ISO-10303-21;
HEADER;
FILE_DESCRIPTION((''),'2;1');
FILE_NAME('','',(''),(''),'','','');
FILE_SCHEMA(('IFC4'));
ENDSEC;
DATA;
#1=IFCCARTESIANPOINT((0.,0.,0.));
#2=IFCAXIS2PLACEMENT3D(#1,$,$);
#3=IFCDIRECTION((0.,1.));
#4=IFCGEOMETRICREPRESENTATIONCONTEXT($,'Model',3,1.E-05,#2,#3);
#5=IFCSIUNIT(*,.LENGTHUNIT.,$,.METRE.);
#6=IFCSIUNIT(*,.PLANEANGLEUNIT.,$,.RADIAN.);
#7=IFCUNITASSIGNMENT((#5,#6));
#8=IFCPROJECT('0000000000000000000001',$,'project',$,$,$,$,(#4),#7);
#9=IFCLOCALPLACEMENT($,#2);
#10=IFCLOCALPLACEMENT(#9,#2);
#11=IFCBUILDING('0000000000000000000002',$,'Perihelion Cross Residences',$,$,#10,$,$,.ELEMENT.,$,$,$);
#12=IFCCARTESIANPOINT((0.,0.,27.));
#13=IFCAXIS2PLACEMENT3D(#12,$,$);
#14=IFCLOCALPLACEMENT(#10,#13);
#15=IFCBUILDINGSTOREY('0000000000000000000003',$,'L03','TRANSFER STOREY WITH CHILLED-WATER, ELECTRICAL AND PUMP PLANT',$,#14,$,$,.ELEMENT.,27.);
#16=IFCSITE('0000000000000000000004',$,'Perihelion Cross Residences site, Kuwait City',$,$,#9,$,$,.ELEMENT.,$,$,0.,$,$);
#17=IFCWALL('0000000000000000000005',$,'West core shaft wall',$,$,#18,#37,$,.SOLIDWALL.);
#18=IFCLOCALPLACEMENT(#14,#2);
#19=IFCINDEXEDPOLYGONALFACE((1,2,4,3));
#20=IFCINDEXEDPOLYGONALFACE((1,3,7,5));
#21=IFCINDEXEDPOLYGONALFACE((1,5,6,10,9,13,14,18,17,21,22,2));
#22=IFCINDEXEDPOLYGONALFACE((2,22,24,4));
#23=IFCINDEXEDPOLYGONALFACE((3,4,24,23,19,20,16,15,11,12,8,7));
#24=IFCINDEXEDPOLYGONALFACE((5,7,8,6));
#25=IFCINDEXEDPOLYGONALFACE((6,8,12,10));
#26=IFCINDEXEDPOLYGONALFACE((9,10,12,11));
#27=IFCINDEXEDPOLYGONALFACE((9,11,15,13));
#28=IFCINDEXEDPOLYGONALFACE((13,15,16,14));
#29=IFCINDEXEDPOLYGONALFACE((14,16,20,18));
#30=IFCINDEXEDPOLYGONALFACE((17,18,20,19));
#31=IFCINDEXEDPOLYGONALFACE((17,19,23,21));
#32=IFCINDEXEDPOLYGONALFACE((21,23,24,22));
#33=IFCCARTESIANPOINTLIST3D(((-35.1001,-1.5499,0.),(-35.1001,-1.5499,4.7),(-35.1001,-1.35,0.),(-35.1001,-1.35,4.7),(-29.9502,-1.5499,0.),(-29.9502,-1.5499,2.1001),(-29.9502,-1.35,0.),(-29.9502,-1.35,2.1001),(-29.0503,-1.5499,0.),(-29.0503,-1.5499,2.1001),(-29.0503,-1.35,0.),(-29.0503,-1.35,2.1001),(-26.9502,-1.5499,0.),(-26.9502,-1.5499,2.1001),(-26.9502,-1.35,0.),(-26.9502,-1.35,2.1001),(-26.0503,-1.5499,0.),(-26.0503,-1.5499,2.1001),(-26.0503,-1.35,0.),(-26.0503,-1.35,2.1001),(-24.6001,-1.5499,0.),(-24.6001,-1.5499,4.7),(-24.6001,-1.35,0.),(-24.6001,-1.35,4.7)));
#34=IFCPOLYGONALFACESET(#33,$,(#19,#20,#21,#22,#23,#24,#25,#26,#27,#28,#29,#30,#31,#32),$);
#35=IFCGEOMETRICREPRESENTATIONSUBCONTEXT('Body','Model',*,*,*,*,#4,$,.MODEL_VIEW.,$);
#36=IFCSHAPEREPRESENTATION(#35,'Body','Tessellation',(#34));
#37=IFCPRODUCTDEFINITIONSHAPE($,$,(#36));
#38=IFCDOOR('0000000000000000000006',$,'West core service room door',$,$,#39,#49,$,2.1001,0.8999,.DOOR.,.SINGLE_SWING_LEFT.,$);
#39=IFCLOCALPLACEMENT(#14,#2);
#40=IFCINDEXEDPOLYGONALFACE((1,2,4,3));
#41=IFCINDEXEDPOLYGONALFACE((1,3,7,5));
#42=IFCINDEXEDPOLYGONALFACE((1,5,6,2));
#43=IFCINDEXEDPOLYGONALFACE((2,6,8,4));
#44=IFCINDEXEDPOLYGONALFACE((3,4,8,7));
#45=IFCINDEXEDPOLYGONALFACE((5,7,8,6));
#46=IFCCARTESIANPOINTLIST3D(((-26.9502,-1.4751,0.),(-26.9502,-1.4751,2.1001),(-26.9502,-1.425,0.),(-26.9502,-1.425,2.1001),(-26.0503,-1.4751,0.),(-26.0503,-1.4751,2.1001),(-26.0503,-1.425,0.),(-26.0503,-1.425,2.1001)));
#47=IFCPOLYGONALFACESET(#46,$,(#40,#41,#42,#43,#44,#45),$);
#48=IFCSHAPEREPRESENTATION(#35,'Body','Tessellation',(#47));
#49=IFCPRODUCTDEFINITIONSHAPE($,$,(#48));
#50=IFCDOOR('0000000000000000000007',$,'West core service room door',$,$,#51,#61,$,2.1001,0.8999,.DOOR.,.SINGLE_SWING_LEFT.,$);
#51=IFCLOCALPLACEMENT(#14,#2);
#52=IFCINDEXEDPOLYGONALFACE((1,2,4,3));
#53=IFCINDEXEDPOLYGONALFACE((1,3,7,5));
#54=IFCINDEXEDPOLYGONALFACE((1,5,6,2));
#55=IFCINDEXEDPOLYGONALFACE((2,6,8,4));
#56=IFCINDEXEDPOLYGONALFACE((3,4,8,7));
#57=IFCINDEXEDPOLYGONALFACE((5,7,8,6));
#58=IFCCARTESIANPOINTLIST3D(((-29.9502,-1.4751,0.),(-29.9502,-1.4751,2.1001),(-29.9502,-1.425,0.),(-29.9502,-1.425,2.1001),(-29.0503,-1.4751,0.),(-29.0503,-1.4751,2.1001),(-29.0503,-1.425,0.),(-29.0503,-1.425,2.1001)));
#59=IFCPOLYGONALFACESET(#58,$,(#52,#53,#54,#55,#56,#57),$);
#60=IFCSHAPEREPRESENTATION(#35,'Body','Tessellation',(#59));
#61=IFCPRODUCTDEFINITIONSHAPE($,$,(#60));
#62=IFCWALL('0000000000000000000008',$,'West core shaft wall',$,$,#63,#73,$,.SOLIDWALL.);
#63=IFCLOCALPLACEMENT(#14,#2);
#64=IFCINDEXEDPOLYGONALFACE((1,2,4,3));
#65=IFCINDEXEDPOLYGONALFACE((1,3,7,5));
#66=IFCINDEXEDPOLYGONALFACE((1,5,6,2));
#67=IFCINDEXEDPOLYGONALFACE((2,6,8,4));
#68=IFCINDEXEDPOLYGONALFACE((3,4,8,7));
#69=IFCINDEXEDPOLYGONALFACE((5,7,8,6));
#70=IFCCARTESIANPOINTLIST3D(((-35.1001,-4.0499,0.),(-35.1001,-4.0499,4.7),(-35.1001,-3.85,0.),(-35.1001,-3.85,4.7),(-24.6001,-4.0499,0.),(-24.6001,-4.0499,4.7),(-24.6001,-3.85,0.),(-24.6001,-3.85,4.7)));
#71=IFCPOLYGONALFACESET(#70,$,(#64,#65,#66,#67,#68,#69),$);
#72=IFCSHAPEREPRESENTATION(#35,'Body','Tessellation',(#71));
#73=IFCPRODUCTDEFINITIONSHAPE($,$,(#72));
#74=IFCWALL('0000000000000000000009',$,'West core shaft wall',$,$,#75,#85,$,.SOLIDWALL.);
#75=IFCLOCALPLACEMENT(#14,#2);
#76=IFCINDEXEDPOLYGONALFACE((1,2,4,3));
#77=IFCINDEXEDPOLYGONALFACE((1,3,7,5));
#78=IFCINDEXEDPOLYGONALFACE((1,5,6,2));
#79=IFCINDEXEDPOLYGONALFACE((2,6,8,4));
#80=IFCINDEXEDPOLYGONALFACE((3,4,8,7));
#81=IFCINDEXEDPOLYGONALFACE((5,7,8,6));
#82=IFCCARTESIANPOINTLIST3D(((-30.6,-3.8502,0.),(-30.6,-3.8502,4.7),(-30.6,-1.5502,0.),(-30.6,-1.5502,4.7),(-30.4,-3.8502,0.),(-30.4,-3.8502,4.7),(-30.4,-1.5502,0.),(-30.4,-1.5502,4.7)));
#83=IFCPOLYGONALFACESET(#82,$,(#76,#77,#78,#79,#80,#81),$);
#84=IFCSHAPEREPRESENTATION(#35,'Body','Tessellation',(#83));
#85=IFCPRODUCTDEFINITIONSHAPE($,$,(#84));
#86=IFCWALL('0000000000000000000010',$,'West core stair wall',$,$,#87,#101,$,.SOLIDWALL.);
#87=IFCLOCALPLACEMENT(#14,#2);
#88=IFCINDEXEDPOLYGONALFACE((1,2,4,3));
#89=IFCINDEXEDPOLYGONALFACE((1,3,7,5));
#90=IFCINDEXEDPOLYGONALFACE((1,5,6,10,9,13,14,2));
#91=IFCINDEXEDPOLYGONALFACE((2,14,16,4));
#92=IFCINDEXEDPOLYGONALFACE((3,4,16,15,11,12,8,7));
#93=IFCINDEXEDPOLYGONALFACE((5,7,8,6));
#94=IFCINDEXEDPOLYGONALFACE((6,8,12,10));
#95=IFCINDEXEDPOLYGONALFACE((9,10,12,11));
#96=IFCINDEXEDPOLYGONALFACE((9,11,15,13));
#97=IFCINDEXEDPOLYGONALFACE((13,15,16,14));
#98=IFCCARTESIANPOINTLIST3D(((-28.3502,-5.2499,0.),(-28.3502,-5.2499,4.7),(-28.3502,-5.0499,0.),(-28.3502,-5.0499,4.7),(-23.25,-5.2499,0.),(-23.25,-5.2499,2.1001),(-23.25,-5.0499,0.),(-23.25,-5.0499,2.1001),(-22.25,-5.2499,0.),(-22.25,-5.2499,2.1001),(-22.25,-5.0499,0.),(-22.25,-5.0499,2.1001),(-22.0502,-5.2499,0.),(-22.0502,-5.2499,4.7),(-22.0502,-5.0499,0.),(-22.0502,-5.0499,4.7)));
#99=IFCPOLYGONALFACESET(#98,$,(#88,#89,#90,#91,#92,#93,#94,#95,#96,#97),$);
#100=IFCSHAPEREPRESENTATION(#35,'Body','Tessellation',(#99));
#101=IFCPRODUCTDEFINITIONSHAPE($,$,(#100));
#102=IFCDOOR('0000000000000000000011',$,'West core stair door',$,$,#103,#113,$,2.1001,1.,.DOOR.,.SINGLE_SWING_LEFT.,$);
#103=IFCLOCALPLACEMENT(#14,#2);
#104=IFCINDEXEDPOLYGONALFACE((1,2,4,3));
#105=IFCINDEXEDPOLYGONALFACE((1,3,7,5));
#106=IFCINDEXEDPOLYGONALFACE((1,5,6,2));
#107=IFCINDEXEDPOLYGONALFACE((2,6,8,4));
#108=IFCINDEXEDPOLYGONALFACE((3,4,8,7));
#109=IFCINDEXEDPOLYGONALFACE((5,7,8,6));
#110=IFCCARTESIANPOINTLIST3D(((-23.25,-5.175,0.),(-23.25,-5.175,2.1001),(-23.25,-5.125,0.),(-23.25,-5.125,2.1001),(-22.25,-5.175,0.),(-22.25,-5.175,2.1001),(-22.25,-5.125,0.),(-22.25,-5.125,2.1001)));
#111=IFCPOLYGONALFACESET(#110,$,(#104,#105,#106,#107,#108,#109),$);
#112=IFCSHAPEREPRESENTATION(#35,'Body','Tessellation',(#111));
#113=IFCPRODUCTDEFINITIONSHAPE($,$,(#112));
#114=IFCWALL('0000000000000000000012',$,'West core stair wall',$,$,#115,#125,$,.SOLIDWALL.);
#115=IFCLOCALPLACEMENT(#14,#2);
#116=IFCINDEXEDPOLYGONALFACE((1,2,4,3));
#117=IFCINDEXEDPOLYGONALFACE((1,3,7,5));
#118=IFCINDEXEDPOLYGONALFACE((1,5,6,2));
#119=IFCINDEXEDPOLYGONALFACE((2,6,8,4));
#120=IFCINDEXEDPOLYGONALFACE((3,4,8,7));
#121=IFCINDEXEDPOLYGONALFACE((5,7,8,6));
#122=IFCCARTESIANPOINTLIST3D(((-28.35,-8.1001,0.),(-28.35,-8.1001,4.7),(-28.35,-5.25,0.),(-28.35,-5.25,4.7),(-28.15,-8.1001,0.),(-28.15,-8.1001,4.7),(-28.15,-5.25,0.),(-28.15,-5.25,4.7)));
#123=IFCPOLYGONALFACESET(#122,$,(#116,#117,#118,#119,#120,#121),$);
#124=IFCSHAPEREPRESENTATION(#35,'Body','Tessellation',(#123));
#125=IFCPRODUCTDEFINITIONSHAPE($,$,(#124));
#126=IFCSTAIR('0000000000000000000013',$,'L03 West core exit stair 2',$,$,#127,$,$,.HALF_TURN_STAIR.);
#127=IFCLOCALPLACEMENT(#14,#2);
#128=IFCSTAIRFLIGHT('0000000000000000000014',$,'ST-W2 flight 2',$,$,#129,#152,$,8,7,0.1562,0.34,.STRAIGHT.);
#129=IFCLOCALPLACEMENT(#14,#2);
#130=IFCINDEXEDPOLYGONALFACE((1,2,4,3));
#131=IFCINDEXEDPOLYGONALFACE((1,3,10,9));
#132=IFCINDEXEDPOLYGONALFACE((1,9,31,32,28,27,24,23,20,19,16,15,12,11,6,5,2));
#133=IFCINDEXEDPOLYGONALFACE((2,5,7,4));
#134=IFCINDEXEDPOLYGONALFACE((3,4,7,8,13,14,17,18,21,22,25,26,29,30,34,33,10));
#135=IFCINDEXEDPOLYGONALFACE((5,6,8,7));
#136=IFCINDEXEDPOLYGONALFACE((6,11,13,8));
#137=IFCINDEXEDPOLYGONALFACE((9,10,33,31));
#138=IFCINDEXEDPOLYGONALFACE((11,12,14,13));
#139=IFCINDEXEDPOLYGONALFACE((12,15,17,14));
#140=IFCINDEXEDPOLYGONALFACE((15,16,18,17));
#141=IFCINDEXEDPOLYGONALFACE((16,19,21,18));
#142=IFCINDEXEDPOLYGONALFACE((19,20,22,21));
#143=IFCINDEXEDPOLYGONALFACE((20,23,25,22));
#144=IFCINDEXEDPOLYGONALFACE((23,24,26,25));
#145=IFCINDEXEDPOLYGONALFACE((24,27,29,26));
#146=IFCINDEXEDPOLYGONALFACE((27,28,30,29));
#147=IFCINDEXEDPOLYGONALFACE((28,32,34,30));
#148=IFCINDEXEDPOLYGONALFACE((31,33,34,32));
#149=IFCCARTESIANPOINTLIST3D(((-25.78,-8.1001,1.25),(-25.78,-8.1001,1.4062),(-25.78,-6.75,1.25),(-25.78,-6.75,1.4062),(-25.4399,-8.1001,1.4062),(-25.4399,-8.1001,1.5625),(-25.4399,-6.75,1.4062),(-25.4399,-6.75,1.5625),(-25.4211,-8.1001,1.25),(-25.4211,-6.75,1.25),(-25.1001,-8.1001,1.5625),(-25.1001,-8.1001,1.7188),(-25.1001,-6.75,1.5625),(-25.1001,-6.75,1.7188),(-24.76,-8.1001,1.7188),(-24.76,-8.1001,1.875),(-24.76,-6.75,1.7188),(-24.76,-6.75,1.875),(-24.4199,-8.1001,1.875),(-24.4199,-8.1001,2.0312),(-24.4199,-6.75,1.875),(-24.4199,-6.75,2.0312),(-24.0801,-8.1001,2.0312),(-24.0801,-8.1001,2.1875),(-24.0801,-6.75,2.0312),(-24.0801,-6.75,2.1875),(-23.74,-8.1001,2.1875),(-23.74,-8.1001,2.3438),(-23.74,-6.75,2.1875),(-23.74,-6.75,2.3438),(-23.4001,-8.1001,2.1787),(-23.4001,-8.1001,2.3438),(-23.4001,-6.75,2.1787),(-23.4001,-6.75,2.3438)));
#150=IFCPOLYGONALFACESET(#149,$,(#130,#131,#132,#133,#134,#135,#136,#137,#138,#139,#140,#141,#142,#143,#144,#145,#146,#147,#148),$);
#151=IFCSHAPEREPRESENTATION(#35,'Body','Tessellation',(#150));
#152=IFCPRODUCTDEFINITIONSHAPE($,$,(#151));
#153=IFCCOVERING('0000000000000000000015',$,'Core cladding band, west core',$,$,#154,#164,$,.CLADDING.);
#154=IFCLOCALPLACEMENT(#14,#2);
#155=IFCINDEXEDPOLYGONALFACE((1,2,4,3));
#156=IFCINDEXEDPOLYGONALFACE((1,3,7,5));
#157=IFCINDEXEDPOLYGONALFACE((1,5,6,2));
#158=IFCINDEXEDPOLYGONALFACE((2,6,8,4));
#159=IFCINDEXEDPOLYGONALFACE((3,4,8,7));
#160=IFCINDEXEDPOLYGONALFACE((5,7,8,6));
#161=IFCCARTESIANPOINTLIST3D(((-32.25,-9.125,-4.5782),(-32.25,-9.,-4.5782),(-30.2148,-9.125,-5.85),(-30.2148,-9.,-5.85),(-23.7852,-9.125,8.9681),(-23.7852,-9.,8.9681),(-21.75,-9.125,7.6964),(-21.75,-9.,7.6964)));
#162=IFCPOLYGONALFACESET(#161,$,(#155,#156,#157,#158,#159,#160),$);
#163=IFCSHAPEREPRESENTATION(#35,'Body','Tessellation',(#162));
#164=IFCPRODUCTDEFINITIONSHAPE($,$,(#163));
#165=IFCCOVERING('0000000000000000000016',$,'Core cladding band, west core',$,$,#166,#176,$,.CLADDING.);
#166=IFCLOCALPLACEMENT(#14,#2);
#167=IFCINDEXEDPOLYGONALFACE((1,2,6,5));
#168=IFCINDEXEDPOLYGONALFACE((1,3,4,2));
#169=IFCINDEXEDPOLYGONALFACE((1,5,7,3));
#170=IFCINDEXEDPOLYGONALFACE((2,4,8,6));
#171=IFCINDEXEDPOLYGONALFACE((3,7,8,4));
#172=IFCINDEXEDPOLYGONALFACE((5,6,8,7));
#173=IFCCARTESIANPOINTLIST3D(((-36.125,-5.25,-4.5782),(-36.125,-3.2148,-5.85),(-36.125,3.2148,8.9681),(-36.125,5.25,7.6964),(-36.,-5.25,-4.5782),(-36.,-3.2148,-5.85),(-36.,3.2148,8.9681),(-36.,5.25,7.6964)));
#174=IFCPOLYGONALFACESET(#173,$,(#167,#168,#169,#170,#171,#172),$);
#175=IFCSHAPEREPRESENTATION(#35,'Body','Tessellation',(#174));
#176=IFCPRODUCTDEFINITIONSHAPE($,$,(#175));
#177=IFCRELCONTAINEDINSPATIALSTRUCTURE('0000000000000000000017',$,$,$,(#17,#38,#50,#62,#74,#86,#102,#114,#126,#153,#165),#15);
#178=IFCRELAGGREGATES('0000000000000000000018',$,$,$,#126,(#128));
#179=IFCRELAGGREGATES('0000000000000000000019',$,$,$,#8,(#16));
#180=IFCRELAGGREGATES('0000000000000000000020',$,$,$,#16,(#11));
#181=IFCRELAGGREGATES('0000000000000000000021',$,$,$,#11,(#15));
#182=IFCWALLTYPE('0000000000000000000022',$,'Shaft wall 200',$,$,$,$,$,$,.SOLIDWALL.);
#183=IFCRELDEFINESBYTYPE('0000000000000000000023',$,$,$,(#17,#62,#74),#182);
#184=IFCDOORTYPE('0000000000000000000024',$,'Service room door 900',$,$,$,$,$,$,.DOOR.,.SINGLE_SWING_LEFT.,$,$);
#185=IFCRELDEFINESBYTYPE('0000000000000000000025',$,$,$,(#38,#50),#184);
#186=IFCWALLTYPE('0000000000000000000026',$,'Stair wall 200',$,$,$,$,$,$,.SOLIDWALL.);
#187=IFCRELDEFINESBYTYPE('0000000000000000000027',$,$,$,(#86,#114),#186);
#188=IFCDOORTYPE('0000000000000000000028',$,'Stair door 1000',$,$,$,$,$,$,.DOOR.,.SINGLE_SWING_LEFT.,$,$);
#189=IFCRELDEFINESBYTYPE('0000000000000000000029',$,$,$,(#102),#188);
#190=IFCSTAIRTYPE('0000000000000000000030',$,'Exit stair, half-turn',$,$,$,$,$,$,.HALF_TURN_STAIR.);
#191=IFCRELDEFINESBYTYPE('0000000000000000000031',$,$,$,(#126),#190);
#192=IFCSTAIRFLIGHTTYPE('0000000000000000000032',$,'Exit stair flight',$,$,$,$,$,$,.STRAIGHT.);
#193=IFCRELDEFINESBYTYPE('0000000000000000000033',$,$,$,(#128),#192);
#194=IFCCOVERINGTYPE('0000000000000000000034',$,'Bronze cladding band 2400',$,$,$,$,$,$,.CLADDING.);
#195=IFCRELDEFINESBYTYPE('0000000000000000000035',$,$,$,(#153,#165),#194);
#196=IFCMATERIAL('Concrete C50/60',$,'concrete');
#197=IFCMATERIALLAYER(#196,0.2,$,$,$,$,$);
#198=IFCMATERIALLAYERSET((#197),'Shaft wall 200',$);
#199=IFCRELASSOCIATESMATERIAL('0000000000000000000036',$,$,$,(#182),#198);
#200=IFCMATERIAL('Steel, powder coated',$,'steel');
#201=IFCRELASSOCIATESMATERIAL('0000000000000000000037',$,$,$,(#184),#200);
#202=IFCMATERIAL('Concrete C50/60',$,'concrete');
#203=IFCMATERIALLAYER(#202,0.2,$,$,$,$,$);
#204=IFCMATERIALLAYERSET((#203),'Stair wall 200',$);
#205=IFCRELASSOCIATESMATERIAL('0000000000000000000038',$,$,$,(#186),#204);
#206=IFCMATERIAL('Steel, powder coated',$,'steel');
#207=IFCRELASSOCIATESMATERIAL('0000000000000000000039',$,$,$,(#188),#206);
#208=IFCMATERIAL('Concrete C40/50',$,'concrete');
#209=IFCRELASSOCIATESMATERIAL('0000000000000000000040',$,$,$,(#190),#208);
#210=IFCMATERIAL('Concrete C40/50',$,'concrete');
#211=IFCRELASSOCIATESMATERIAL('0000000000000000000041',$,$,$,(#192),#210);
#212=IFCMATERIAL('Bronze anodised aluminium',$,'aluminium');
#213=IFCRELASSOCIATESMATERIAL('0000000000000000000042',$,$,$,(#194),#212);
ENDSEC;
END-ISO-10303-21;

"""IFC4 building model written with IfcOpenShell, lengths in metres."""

from ifc_helpers import new_model, si_unit, direction, frame, frame_2d, origin, origin_2d, place, context, subcontext, project, spatial, polyline, rectangle, outline, extrude, material, layer, layer_set, material_profile, profile_set, type_object, element, fill, aggregate, save


model = new_model("IFC4")

# Units and contexts
model_context = context("Model", 3, precision=1e-05, world=origin(), true_north=direction((0.0, 1.0)))
body_context = subcontext(model_context, "Body", "Model", "MODEL_VIEW")
ifc_project = project(units=[si_unit("LENGTHUNIT", "METRE"), si_unit("PLANEANGLEUNIT", "RADIAN")], contexts=[model_context])

# Site, building, storey
site_placement = place(None, origin())
site = spatial("IfcSite", under=ifc_project, at=site_placement, Name="Perihelion Cross Residences site, Kuwait City", CompositionType="ELEMENT", RefElevation=0.0)
building_placement = place(site_placement, origin())
building = spatial("IfcBuilding", under=site, at=building_placement, Name="Perihelion Cross Residences", CompositionType="ELEMENT")
storey_placement = place(building_placement, frame((0.0, 0.0, 27.0)))
storey = spatial("IfcBuildingStorey", under=building, at=storey_placement, Name="L03", Description="TRANSFER STOREY WITH CHILLED-WATER, ELECTRICAL AND PUMP PLANT", CompositionType="ELEMENT", Elevation=27.0)

# Wall, openings, doors
ifc_material_1 = material(Name="Concrete C50/60", Category="concrete")
ifc_layer_1 = layer(ifc_material_1, 0.2)
ifc_layer_set_1 = layer_set([ifc_layer_1], Name="Shaft wall 200")
wall_type_1 = type_object("IfcWallType", Name="Shaft wall 200", PredefinedType="SOLIDWALL", material=ifc_layer_set_1)
wall_1_placement = place(storey_placement, frame((-35.1001, -1.45, 0.0), z_axis=(0.0, 0.0, 1.0), x_axis=(1.0, 0.0, 0.0)))
wall_1 = element("IfcWall", 1, at=wall_1_placement, inside=storey, type_object=wall_type_1, Name="West core shaft wall", PredefinedType="SOLIDWALL", context=body_context, shape_type="SweptSolid", body=[
    extrude(rectangle(XDim=10.5, YDim=0.2, at=frame_2d((5.25, 0.0))), origin(), (0.0, 0.0, 1.0), 4.7),
])
opening_1_placement = place(wall_1_placement, frame((8.1499, 0.0, 0.0)))
opening_1 = element("IfcOpeningElement", 2, at=opening_1_placement, cuts=wall_1, PredefinedType="OPENING", context=body_context, shape_type="SweptSolid", body=[
    extrude(rectangle(XDim=0.8999, YDim=2.1001, at=frame_2d((0.45, 1.05))), frame((0.0, 0.1099, 0.0), z_axis=(0.0, -1.0, 0.0), x_axis=(1.0, 0.0, 0.0)), (0.0, 0.0, 1.0), 0.22),
])
opening_2_placement = place(wall_1_placement, frame((5.1499, 0.0, 0.0)))
opening_2 = element("IfcOpeningElement", 3, at=opening_2_placement, cuts=wall_1, PredefinedType="OPENING", context=body_context, shape_type="SweptSolid", body=[
    extrude(rectangle(XDim=0.8999, YDim=2.1001, at=frame_2d((0.45, 1.05))), frame((0.0, 0.1099, 0.0), z_axis=(0.0, -1.0, 0.0), x_axis=(1.0, 0.0, 0.0)), (0.0, 0.0, 1.0), 0.22),
])
ifc_material_2 = material(Name="Steel, powder coated", Category="steel")
door_type_1 = type_object("IfcDoorType", Name="Service room door 900", OperationType="SINGLE_SWING_LEFT", PredefinedType="DOOR", material=ifc_material_2)
door_1_placement = place(opening_1_placement, origin())
door_1 = element("IfcDoor", 4, at=door_1_placement, inside=storey, type_object=door_type_1, Name="West core service room door", OperationType="SINGLE_SWING_LEFT", OverallHeight=2.1001, OverallWidth=0.8999, PredefinedType="DOOR", context=body_context, shape_type="SweptSolid", body=[
    extrude(rectangle(XDim=0.8999, YDim=2.1001, at=frame_2d((0.45, 1.05))), frame((0.0, 0.0249, 0.0), z_axis=(0.0, -1.0, 0.0), x_axis=(1.0, 0.0, 0.0)), (0.0, 0.0, 1.0), 0.05),
])
fill(opening_1, door_1)
door_2_placement = place(opening_2_placement, origin())
door_2 = element("IfcDoor", 5, at=door_2_placement, inside=storey, type_object=door_type_1, Name="West core service room door", OperationType="SINGLE_SWING_LEFT", OverallHeight=2.1001, OverallWidth=0.8999, PredefinedType="DOOR", context=body_context, shape_type="SweptSolid", body=[
    extrude(rectangle(XDim=0.8999, YDim=2.1001, at=frame_2d((0.45, 1.05))), frame((0.0, 0.0249, 0.0), z_axis=(0.0, -1.0, 0.0), x_axis=(1.0, 0.0, 0.0)), (0.0, 0.0, 1.0), 0.05),
])
fill(opening_2, door_2)

# Walls
wall_2_placement = place(storey_placement, frame((-35.1001, -3.95, 0.0), z_axis=(0.0, 0.0, 1.0), x_axis=(1.0, 0.0, 0.0)))
element("IfcWall", 6, at=wall_2_placement, inside=storey, type_object=wall_type_1, Name="West core shaft wall", PredefinedType="SOLIDWALL", context=body_context, shape_type="SweptSolid", body=[
    extrude(rectangle(XDim=10.5, YDim=0.2, at=frame_2d((5.25, 0.0))), origin(), (0.0, 0.0, 1.0), 4.7),
])
wall_3_placement = place(storey_placement, frame((-30.5, -3.8501, 0.0), z_axis=(0.0, 0.0, 1.0), x_axis=(0.0, 1.0, 0.0)))
element("IfcWall", 7, at=wall_3_placement, inside=storey, type_object=wall_type_1, Name="West core shaft wall", PredefinedType="SOLIDWALL", context=body_context, shape_type="SweptSolid", body=[
    extrude(rectangle(XDim=2.3, YDim=0.2, at=frame_2d((1.1499, 0.0))), origin(), (0.0, 0.0, 1.0), 4.7),
])

# Wall, opening, door
ifc_material_3 = material(Name="Concrete C50/60", Category="concrete")
ifc_layer_2 = layer(ifc_material_3, 0.2)
ifc_layer_set_2 = layer_set([ifc_layer_2], Name="Stair wall 200")
wall_type_2 = type_object("IfcWallType", Name="Stair wall 200", PredefinedType="SOLIDWALL", material=ifc_layer_set_2)
wall_4_placement = place(storey_placement, frame((-28.3501, -5.1499, 0.0), z_axis=(0.0, 0.0, 1.0), x_axis=(1.0, 0.0, 0.0)))
wall_4 = element("IfcWall", 8, at=wall_4_placement, inside=storey, type_object=wall_type_2, Name="West core stair wall", PredefinedType="SOLIDWALL", context=body_context, shape_type="SweptSolid", body=[
    extrude(rectangle(XDim=6.3, YDim=0.2, at=frame_2d((3.1499, 0.0))), origin(), (0.0, 0.0, 1.0), 4.7),
])
opening_3_placement = place(wall_4_placement, frame((5.1001, 0.0, 0.0)))
opening_3 = element("IfcOpeningElement", 9, at=opening_3_placement, cuts=wall_4, PredefinedType="OPENING", context=body_context, shape_type="SweptSolid", body=[
    extrude(rectangle(XDim=1.0, YDim=2.1001, at=frame_2d((0.5, 1.05))), frame((0.0, 0.1099, 0.0), z_axis=(0.0, -1.0, 0.0), x_axis=(1.0, 0.0, 0.0)), (0.0, 0.0, 1.0), 0.22),
])
ifc_material_4 = material(Name="Steel, powder coated", Category="steel")
door_type_2 = type_object("IfcDoorType", Name="Stair door 1000", OperationType="SINGLE_SWING_LEFT", PredefinedType="DOOR", material=ifc_material_4)
door_3_placement = place(opening_3_placement, origin())
door_3 = element("IfcDoor", 10, at=door_3_placement, inside=storey, type_object=door_type_2, Name="West core stair door", OperationType="SINGLE_SWING_LEFT", OverallHeight=2.1001, OverallWidth=1.0, PredefinedType="DOOR", context=body_context, shape_type="SweptSolid", body=[
    extrude(rectangle(XDim=1.0, YDim=2.1001, at=frame_2d((0.5, 1.05))), frame((0.0, 0.0249, 0.0), z_axis=(0.0, -1.0, 0.0), x_axis=(1.0, 0.0, 0.0)), (0.0, 0.0, 1.0), 0.05),
])
fill(opening_3, door_3)

# Wall
wall_5_placement = place(storey_placement, frame((-28.25, -8.1001, 0.0), z_axis=(0.0, 0.0, 1.0), x_axis=(0.0, 1.0, 0.0)))
element("IfcWall", 11, at=wall_5_placement, inside=storey, type_object=wall_type_2, Name="West core stair wall", PredefinedType="SOLIDWALL", context=body_context, shape_type="SweptSolid", body=[
    extrude(rectangle(XDim=2.8501, YDim=0.2, at=frame_2d((1.425, 0.0))), origin(), (0.0, 0.0, 1.0), 4.7),
])

# Stair, stair flight
ifc_material_5 = material(Name="Concrete C40/50", Category="concrete")
stair_type = type_object("IfcStairType", Name="Exit stair, half-turn", PredefinedType="HALF_TURN_STAIR", material=ifc_material_5)
stair_placement = place(storey_placement, origin())
stair = element("IfcStair", 12, at=stair_placement, inside=storey, type_object=stair_type, Name="L03 West core exit stair 2", PredefinedType="HALF_TURN_STAIR")
ifc_material_6 = material(Name="Concrete C40/50", Category="concrete")
stair_flight_type = type_object("IfcStairFlightType", Name="Exit stair flight", PredefinedType="STRAIGHT", material=ifc_material_6)
stair_flight_placement = place(storey_placement, frame((-25.78, -7.425, 1.25), z_axis=(0.0, 0.0, 1.0), x_axis=(1.0, 0.0, 0.0)))
stair_flight = element("IfcStairFlight", 13, at=stair_flight_placement, type_object=stair_flight_type, Name="ST-W2 flight 2", NumberOfRisers=8, NumberOfTreads=7, PredefinedType="STRAIGHT", RiserHeight=0.1562, TreadLength=0.34, context=body_context, shape_type="SweptSolid", body=[
    extrude(outline(polyline([(0.0, 0.0), (0.0, 0.1562), (0.3401, 0.1562), (0.3401, 0.3125), (0.6799, 0.3125), (0.6799, 0.4688), (1.02, 0.4688), (1.02, 0.625), (1.3601, 0.625), (1.3601, 0.7812), (1.7, 0.7812), (1.7, 0.9375), (2.04, 0.9375), (2.04, 1.0938), (2.3799, 1.0938), (2.3799, 1.25), (2.3799, 0.9287), (0.3589, 0.0), (0.0, 0.0)])), frame((0.0, 0.675, 0.0), z_axis=(0.0, -1.0, 0.0), x_axis=(1.0, 0.0, 0.0)), (0.0, 0.0, 1.0), 1.3501),
])
aggregate(stair, [stair_flight])

# Coverings
ifc_material_7 = material(Name="Bronze anodised aluminium", Category="aluminium")
ifc_material_profile = material_profile(ifc_material_7, rectangle(XDim=0.125, YDim=2.3999, at=origin_2d()), Name="Bronze cladding band 2400")
ifc_profile_set = profile_set([ifc_material_profile], Name="Bronze anodised aluminium")
covering_type = type_object("IfcCoveringType", Name="Bronze cladding band 2400", PredefinedType="CLADDING", material=ifc_profile_set)
for number, where, z_axis, x_axis, name in (
    (14, (-31.2324, -9.0625, -5.2141), (0.529925, 0.0, 0.848045), (0.0, 1.0, 0.0), "Core cladding band, west core"),
    (15, (-36.0625, -4.2324, -5.2141), (0.0, 0.529925, 0.848045), (-1.0, 0.0, 0.0), "Core cladding band, west core"),
):
    element("IfcCovering", number, at=place(storey_placement, frame(where, z_axis=z_axis, x_axis=x_axis)), inside=storey, type_object=covering_type, Name=name, PredefinedType="CLADDING", context=body_context, shape_type="SweptSolid", body=[
        extrude(rectangle(XDim=0.125, YDim=2.3999, at=origin_2d()), origin(), (0.0, 0.0, 1.0), 15.9736),
    ])

save(model, "model.ifc")
